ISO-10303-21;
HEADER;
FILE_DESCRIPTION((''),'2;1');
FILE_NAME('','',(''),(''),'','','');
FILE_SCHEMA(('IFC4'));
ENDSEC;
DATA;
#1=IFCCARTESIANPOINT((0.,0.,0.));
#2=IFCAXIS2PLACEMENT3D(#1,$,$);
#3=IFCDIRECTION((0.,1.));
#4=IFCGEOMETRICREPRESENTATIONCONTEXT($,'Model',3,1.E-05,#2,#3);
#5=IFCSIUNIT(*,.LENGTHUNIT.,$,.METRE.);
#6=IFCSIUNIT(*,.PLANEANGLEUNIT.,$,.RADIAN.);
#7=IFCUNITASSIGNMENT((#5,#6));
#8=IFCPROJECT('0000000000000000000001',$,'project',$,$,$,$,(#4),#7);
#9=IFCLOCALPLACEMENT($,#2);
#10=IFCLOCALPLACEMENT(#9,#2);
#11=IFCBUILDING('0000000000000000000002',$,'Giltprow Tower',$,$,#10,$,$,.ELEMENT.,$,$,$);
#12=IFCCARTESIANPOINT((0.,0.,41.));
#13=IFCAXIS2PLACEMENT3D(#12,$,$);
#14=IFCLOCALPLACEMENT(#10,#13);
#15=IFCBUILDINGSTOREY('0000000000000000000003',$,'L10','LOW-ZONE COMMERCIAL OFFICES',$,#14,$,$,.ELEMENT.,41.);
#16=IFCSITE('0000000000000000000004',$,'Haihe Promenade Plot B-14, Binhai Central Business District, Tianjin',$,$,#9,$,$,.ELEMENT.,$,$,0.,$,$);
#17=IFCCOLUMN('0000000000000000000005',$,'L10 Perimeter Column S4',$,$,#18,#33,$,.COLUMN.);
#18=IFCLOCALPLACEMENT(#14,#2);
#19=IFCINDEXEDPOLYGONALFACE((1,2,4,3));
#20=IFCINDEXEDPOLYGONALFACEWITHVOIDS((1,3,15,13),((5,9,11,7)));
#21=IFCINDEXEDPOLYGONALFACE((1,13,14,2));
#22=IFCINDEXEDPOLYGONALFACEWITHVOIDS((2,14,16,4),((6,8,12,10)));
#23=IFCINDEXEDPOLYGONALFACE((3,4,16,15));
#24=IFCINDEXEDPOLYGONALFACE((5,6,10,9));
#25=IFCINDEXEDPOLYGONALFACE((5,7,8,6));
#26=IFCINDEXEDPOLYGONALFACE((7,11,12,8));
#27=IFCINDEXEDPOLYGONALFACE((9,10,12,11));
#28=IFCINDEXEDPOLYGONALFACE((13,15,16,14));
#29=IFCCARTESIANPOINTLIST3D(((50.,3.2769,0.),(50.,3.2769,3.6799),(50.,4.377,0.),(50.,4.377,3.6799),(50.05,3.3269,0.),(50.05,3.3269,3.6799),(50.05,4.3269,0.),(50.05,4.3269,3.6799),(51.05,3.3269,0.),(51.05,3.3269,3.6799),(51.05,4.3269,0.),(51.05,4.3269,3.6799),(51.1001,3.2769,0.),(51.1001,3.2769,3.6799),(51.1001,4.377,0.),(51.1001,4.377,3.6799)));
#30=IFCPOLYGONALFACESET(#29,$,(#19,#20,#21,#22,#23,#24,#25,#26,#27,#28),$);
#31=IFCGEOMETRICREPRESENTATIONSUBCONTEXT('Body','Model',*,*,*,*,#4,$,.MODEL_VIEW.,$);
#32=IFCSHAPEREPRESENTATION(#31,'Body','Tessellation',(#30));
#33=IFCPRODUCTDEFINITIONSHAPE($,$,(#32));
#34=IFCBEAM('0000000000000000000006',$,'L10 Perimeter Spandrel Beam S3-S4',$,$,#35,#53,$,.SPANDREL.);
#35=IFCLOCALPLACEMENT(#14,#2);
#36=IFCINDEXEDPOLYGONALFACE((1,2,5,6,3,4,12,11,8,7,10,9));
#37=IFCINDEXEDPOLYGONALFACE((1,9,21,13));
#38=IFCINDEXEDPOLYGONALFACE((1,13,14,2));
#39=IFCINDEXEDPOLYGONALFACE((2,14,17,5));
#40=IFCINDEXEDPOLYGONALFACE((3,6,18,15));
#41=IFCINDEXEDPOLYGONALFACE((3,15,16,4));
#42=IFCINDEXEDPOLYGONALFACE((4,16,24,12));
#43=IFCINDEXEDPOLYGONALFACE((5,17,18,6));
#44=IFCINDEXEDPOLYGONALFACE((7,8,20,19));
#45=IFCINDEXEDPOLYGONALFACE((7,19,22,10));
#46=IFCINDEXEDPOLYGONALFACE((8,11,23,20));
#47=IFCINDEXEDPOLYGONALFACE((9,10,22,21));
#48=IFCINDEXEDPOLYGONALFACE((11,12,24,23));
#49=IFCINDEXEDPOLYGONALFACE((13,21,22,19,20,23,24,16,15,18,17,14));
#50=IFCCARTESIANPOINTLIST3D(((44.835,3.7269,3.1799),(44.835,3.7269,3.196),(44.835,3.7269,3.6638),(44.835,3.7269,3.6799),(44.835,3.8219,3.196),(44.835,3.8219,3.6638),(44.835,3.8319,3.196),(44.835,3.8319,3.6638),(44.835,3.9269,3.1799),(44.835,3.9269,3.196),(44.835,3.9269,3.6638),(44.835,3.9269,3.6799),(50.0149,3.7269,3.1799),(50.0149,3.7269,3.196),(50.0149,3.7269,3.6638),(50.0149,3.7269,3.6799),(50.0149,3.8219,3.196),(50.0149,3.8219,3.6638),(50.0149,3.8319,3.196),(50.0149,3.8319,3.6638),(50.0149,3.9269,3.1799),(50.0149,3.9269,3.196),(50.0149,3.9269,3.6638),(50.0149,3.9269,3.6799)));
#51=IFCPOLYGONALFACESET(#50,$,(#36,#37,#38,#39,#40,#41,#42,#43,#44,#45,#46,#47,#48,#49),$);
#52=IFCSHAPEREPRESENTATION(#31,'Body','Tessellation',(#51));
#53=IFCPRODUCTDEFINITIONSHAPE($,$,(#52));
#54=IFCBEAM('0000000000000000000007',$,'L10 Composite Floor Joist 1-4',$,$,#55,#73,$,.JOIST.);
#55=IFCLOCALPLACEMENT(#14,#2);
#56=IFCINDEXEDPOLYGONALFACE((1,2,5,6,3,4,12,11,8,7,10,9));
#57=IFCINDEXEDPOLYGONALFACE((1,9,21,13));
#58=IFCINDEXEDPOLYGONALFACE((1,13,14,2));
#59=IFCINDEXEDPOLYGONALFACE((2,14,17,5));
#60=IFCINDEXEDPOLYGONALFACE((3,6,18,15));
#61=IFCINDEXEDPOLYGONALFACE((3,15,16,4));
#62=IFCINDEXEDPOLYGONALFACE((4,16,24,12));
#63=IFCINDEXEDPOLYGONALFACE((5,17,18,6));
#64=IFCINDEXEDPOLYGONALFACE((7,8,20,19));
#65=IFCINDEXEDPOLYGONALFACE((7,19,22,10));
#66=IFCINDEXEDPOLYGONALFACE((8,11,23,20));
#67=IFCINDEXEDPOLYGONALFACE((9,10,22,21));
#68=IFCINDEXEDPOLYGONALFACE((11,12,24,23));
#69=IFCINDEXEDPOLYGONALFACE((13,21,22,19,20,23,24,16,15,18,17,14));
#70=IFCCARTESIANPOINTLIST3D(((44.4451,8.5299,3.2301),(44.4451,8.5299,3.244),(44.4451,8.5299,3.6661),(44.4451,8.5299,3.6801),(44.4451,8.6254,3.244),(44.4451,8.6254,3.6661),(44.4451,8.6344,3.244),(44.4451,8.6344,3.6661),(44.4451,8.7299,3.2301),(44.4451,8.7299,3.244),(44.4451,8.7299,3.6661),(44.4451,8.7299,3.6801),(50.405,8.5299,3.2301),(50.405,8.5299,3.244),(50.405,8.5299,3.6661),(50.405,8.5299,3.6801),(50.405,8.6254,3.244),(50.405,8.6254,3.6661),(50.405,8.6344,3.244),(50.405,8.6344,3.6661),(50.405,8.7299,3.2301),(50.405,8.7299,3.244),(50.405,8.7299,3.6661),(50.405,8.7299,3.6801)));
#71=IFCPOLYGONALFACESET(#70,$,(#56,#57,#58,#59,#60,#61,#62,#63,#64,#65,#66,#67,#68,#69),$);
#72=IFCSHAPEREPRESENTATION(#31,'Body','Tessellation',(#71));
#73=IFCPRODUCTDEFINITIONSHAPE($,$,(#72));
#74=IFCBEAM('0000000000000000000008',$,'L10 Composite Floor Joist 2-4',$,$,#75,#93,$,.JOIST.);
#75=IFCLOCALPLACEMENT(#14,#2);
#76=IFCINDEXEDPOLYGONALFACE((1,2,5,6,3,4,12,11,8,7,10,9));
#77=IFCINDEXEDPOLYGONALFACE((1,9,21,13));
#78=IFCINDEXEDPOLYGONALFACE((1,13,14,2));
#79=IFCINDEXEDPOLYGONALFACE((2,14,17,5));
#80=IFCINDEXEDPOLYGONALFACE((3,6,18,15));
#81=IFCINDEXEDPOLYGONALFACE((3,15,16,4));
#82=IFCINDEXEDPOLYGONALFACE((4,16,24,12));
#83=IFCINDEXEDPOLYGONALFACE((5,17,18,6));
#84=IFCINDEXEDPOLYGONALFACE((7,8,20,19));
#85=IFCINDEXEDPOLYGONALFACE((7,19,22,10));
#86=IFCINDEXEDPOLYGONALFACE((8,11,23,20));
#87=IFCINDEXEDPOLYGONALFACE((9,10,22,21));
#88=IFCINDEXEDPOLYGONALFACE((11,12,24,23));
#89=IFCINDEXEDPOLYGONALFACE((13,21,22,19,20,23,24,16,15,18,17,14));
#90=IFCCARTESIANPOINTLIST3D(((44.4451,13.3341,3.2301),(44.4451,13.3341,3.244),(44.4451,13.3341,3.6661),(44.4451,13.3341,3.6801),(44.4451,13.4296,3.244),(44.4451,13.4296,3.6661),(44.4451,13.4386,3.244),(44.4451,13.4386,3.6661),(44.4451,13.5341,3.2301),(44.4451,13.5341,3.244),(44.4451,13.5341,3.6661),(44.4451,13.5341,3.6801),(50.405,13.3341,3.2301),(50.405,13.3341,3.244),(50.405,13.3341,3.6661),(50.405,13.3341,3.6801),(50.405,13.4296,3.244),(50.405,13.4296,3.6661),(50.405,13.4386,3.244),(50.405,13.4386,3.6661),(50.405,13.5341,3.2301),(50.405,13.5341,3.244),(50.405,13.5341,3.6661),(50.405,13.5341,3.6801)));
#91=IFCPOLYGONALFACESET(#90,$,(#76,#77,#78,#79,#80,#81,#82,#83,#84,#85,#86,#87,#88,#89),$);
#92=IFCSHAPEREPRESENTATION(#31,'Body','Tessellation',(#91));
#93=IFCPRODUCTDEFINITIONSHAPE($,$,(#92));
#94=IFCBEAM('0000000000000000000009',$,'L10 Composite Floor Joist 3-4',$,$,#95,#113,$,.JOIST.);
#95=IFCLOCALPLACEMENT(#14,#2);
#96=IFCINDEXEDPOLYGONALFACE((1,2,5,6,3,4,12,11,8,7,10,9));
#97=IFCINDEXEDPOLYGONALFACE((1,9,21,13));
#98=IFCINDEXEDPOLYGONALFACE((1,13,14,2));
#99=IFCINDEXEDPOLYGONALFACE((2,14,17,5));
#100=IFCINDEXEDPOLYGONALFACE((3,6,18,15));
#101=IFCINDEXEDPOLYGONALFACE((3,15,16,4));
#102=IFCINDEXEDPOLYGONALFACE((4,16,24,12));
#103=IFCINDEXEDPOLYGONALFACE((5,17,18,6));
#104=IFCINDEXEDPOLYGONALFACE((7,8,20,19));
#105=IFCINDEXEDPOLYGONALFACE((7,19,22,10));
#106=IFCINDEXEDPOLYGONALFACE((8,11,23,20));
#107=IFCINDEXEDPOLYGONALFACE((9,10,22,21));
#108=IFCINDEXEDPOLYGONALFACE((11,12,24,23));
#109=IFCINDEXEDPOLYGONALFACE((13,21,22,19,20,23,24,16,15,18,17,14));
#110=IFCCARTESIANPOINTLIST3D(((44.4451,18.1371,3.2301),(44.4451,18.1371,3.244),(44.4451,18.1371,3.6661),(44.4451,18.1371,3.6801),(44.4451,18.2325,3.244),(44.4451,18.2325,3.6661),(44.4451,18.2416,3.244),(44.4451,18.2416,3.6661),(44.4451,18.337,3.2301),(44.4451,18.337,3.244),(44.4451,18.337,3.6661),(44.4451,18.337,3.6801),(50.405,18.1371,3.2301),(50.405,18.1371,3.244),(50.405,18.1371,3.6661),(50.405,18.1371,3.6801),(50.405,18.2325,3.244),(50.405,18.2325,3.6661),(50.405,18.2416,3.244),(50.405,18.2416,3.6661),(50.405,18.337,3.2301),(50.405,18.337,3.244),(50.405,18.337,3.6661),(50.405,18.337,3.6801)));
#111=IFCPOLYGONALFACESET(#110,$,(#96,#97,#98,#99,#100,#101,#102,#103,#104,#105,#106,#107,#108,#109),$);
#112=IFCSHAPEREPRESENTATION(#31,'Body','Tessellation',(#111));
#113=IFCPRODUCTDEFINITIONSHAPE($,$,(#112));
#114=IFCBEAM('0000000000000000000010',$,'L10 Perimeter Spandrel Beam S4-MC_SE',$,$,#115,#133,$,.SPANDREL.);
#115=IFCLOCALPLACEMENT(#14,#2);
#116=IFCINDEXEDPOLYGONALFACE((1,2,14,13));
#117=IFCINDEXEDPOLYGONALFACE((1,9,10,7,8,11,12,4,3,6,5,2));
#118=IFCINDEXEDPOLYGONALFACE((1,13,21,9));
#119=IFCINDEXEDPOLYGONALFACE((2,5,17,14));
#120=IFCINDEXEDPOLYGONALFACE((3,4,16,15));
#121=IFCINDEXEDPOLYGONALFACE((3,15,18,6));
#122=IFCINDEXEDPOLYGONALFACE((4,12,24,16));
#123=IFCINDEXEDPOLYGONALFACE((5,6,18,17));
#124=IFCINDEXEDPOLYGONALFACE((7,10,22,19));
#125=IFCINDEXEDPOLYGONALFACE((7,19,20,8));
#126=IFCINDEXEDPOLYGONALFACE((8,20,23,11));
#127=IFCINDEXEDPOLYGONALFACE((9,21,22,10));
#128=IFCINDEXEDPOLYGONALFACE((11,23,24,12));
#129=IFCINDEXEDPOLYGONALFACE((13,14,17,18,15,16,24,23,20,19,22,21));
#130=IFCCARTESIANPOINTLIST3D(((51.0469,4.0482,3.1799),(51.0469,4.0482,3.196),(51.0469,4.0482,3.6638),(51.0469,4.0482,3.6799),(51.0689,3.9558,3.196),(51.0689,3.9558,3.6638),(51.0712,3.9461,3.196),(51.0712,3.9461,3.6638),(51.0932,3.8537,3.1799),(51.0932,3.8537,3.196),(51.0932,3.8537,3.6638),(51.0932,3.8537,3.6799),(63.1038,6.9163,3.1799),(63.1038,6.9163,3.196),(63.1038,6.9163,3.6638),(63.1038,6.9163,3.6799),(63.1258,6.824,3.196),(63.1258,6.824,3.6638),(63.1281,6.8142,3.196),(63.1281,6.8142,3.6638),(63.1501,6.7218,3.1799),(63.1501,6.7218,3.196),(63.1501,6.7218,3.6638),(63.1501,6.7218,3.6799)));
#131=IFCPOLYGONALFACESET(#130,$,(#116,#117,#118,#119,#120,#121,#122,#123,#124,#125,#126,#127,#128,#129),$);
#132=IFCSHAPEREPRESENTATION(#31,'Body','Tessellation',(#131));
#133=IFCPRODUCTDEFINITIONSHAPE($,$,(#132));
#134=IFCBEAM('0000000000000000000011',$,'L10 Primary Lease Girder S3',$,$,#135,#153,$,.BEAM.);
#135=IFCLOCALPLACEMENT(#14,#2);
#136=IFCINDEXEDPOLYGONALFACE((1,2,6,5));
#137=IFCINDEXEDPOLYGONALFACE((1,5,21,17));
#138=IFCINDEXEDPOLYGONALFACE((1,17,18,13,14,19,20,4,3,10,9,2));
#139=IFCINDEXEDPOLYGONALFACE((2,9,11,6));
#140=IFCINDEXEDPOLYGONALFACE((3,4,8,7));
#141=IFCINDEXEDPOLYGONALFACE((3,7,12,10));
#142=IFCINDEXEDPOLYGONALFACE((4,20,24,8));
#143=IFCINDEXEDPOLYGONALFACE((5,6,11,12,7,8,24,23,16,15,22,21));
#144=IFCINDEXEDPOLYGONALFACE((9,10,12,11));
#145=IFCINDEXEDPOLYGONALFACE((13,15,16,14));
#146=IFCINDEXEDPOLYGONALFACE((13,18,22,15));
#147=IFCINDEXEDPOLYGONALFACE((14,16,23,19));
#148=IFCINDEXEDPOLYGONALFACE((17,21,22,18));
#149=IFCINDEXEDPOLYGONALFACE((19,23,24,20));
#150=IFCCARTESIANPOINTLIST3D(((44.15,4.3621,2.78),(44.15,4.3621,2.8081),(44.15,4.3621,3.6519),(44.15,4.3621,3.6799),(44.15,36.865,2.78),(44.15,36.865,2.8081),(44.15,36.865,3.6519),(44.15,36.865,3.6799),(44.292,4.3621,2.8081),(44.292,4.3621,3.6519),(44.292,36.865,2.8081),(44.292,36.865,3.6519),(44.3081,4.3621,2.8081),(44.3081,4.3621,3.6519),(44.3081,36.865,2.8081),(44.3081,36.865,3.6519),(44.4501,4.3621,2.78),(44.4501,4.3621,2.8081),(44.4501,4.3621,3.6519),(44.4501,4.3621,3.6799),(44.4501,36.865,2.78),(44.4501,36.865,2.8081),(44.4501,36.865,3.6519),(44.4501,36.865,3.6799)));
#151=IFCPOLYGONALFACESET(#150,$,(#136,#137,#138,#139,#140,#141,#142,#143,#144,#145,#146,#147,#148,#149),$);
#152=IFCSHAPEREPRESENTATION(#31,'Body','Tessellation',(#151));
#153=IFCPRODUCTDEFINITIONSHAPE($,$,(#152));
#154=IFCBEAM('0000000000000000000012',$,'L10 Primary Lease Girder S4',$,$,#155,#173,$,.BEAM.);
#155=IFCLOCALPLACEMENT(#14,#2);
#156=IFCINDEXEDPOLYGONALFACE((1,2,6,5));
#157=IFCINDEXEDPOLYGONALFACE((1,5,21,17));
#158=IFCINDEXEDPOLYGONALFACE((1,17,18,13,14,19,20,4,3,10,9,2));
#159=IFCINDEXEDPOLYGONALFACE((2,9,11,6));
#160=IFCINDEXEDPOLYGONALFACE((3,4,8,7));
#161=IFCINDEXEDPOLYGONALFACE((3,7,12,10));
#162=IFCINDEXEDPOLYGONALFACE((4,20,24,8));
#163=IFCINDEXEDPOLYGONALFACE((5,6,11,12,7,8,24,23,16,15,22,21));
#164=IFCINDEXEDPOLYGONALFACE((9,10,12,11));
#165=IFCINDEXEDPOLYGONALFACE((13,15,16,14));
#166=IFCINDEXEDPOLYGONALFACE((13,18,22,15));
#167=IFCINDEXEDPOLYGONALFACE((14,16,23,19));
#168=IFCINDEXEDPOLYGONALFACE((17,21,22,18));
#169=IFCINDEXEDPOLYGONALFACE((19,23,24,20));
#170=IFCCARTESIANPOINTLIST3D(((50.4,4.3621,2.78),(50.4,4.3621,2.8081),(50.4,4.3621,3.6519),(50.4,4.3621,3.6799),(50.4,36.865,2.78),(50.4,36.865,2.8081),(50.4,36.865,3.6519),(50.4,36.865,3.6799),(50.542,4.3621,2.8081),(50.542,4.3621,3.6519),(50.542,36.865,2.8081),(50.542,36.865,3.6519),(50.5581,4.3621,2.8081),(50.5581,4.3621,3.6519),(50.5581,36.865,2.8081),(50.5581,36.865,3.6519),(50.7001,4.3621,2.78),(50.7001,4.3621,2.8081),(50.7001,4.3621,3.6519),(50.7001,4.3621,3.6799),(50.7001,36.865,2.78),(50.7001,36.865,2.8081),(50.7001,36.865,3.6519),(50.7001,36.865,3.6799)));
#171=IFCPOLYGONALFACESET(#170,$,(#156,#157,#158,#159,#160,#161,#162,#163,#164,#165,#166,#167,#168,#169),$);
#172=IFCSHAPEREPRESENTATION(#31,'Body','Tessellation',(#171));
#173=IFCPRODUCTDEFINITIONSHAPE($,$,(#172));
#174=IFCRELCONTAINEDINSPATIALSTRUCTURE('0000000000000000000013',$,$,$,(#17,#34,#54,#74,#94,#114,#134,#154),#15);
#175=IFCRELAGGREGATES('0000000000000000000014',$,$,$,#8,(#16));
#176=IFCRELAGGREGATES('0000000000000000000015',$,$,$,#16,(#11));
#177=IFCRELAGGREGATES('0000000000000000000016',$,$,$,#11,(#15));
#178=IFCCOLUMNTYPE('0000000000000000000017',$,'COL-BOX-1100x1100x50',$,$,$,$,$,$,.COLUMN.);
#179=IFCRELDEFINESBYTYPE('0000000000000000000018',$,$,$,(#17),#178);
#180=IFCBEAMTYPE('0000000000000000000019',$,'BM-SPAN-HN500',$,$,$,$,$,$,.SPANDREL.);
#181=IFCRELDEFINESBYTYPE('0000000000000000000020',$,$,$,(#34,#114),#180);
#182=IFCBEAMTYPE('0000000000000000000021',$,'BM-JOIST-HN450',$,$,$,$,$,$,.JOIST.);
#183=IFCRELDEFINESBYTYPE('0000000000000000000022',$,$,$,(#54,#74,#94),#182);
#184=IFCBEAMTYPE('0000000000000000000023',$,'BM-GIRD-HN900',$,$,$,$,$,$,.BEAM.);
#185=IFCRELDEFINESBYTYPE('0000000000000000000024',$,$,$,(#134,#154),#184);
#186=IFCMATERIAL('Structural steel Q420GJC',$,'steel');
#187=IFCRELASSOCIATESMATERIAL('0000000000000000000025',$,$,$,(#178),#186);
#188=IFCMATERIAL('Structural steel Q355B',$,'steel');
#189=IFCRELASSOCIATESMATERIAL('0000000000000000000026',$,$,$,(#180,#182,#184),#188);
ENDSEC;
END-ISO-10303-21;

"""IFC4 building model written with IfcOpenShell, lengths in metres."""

from ifc_helpers import new_model, si_unit, direction, frame, origin, origin_2d, place, context, subcontext, project, spatial, hollow_rectangle, i_section, extrude, source, transform, mapped, material, material_profile, profile_set, type_object, element, save


model = new_model("IFC4")

# Units and contexts
model_context = context("Model", 3, precision=1e-05, world=origin(), true_north=direction((0.0, 1.0)))
body_context = subcontext(model_context, "Body", "Model", "MODEL_VIEW")
ifc_project = project(units=[si_unit("LENGTHUNIT", "METRE"), si_unit("PLANEANGLEUNIT", "RADIAN")], contexts=[model_context])

# Site, building, storey
site_placement = place(None, origin())
site = spatial("IfcSite", under=ifc_project, at=site_placement, Name="Haihe Promenade Plot B-14, Binhai Central Business District, Tianjin", CompositionType="ELEMENT", RefElevation=0.0)
building_placement = place(site_placement, origin())
building = spatial("IfcBuilding", under=site, at=building_placement, Name="Giltprow Tower", CompositionType="ELEMENT")
storey_placement = place(building_placement, frame((0.0, 0.0, 41.0)))
storey = spatial("IfcBuildingStorey", under=building, at=storey_placement, Name="L10", Description="LOW-ZONE COMMERCIAL OFFICES", CompositionType="ELEMENT", Elevation=41.0)

# Column
ifc_material_1 = material(Name="Structural steel Q420GJC", Category="steel")
ifc_material_profile_1 = material_profile(ifc_material_1, hollow_rectangle(XDim=1.1001, YDim=1.1001, WallThickness=0.05, at=origin_2d()), Name="BOX 1100x1100x50")
ifc_profile_set_1 = profile_set([ifc_material_profile_1], Name="Structural steel Q420GJC")
column_type = type_object("IfcColumnType", Name="COL-BOX-1100x1100x50", PredefinedType="COLUMN", material=ifc_profile_set_1)
shared_shape_1 = source(origin(), body_context, "Body", "SweptSolid", [
    extrude(hollow_rectangle(XDim=1.1001, YDim=1.1001, WallThickness=0.05, at=origin_2d()), origin(), (0.0, 0.0, 1.0), 3.6799),
])
column_placement = place(storey_placement, frame((50.55, 3.8269, 0.0), z_axis=(0.0, 0.0, 1.0), x_axis=(1.0, 0.0, 0.0)))
element("IfcColumn", 1, at=column_placement, inside=storey, type_object=column_type, Name="L10 Perimeter Column S4", PredefinedType="COLUMN", context=body_context, shape_type="MappedRepresentation", body=[
    mapped(shared_shape_1, transform((0.0, 0.0, 0.0), x_axis=(1.0, 0.0, 0.0), y_axis=(0.0, 1.0, 0.0), z_axis=(0.0, 0.0, 1.0), scale=1.0)),
])

# Beams
ifc_material_2 = material(Name="Structural steel Q355B", Category="steel")
ifc_material_profile_2 = material_profile(ifc_material_2, i_section(OverallWidth=0.2, OverallDepth=0.5, WebThickness=0.01, FlangeThickness=0.0161, at=origin_2d()), Name="HN 500x200x10x16")
ifc_profile_set_2 = profile_set([ifc_material_profile_2], Name="Structural steel Q355B")
beam_type_1 = type_object("IfcBeamType", Name="BM-SPAN-HN500", PredefinedType="SPANDREL", material=ifc_profile_set_2)
shared_shape_2 = source(origin(), body_context, "Body", "SweptSolid", [
    extrude(i_section(OverallWidth=0.2, OverallDepth=0.5, WebThickness=0.01, FlangeThickness=0.0161, at=origin_2d()), origin(), (0.0, 0.0, 1.0), 5.1799),
])
beam_1_placement = place(storey_placement, frame((44.835, 3.8269, 3.4299), z_axis=(1.0, 0.0, 0.0), x_axis=(0.0, 1.0, 0.0)))
element("IfcBeam", 2, at=beam_1_placement, inside=storey, type_object=beam_type_1, Name="L10 Perimeter Spandrel Beam S3-S4", PredefinedType="SPANDREL", context=body_context, shape_type="MappedRepresentation", body=[
    mapped(shared_shape_2, transform((0.0, 0.0, 0.0), x_axis=(1.0, 0.0, 0.0), y_axis=(0.0, 1.0, 0.0), z_axis=(0.0, 0.0, 1.0), scale=1.0)),
])
ifc_material_profile_3 = material_profile(ifc_material_2, i_section(OverallWidth=0.2, OverallDepth=0.45, WebThickness=0.009, FlangeThickness=0.0139, at=origin_2d()), Name="HN 450x200x9x14")
ifc_profile_set_3 = profile_set([ifc_material_profile_3], Name="Structural steel Q355B")
beam_type_2 = type_object("IfcBeamType", Name="BM-JOIST-HN450", PredefinedType="JOIST", material=ifc_profile_set_3)
shared_shape_3 = source(origin(), body_context, "Body", "SweptSolid", [
    extrude(i_section(OverallWidth=0.2, OverallDepth=0.45, WebThickness=0.009, FlangeThickness=0.0139, at=origin_2d()), origin(), (0.0, 0.0, 1.0), 5.96),
])
for number, where, z_axis, x_axis, name in (
    (3, (44.4451, 8.6299, 3.4551), (1.0, 0.0, 0.0), (0.0, 1.0, 0.0), "L10 Composite Floor Joist 1-4"),
    (4, (44.4451, 13.4341, 3.4551), (1.0, 0.0, 0.0), (0.0, 1.0, 0.0), "L10 Composite Floor Joist 2-4"),
    (5, (44.4451, 18.2371, 3.4551), (1.0, 0.0, 0.0), (0.0, 1.0, 0.0), "L10 Composite Floor Joist 3-4"),
):
    element("IfcBeam", number, at=place(storey_placement, frame(where, z_axis=z_axis, x_axis=x_axis)), inside=storey, type_object=beam_type_2, Name=name, PredefinedType="JOIST", context=body_context, shape_type="MappedRepresentation", body=[
        mapped(shared_shape_3, transform((0.0, 0.0, 0.0), x_axis=(1.0, 0.0, 0.0), y_axis=(0.0, 1.0, 0.0), z_axis=(0.0, 0.0, 1.0), scale=1.0)),
    ])
shared_shape_4 = source(origin(), body_context, "Body", "SweptSolid", [
    extrude(i_section(OverallWidth=0.2, OverallDepth=0.5, WebThickness=0.01, FlangeThickness=0.0161, at=origin_2d()), origin(), (0.0, 0.0, 1.0), 12.3933),
])
beam_2_placement = place(storey_placement, frame((51.0701, 3.9509, 3.4299), z_axis=(0.972852, 0.231428, 0.0), x_axis=(-0.231428, 0.972852, 0.0)))
element("IfcBeam", 6, at=beam_2_placement, inside=storey, type_object=beam_type_1, Name="L10 Perimeter Spandrel Beam S4-MC_SE", PredefinedType="SPANDREL", context=body_context, shape_type="MappedRepresentation", body=[
    mapped(shared_shape_4, transform((0.0, 0.0, 0.0), x_axis=(1.0, 0.0, 0.0), y_axis=(0.0, 1.0, 0.0), z_axis=(0.0, 0.0, 1.0), scale=1.0)),
])
ifc_material_profile_4 = material_profile(ifc_material_2, i_section(OverallWidth=0.3, OverallDepth=0.8999, WebThickness=0.0161, FlangeThickness=0.0281, at=origin_2d()), Name="HN 900x300x16x28")
ifc_profile_set_4 = profile_set([ifc_material_profile_4], Name="Structural steel Q355B")
beam_type_3 = type_object("IfcBeamType", Name="BM-GIRD-HN900", PredefinedType="BEAM", material=ifc_profile_set_4)
shared_shape_5 = source(origin(), body_context, "Body", "SweptSolid", [
    extrude(i_section(OverallWidth=0.3, OverallDepth=0.8999, WebThickness=0.0161, FlangeThickness=0.0281, at=origin_2d()), origin(), (0.0, 0.0, 1.0), 32.5029),
])
for number, where, z_axis, x_axis, name in (
    (7, (44.3, 4.3621, 3.23), (0.0, 1.0, 0.0), (-1.0, 0.0, 0.0), "L10 Primary Lease Girder S3"),
    (8, (50.55, 4.3621, 3.23), (0.0, 1.0, 0.0), (-1.0, 0.0, 0.0), "L10 Primary Lease Girder S4"),
):
    element("IfcBeam", number, at=place(storey_placement, frame(where, z_axis=z_axis, x_axis=x_axis)), inside=storey, type_object=beam_type_3, Name=name, PredefinedType="BEAM", context=body_context, shape_type="MappedRepresentation", body=[
        mapped(shared_shape_5, transform((0.0, 0.0, 0.0), x_axis=(1.0, 0.0, 0.0), y_axis=(0.0, 1.0, 0.0), z_axis=(0.0, 0.0, 1.0), scale=1.0)),
    ])

save(model, "model.ifc")
